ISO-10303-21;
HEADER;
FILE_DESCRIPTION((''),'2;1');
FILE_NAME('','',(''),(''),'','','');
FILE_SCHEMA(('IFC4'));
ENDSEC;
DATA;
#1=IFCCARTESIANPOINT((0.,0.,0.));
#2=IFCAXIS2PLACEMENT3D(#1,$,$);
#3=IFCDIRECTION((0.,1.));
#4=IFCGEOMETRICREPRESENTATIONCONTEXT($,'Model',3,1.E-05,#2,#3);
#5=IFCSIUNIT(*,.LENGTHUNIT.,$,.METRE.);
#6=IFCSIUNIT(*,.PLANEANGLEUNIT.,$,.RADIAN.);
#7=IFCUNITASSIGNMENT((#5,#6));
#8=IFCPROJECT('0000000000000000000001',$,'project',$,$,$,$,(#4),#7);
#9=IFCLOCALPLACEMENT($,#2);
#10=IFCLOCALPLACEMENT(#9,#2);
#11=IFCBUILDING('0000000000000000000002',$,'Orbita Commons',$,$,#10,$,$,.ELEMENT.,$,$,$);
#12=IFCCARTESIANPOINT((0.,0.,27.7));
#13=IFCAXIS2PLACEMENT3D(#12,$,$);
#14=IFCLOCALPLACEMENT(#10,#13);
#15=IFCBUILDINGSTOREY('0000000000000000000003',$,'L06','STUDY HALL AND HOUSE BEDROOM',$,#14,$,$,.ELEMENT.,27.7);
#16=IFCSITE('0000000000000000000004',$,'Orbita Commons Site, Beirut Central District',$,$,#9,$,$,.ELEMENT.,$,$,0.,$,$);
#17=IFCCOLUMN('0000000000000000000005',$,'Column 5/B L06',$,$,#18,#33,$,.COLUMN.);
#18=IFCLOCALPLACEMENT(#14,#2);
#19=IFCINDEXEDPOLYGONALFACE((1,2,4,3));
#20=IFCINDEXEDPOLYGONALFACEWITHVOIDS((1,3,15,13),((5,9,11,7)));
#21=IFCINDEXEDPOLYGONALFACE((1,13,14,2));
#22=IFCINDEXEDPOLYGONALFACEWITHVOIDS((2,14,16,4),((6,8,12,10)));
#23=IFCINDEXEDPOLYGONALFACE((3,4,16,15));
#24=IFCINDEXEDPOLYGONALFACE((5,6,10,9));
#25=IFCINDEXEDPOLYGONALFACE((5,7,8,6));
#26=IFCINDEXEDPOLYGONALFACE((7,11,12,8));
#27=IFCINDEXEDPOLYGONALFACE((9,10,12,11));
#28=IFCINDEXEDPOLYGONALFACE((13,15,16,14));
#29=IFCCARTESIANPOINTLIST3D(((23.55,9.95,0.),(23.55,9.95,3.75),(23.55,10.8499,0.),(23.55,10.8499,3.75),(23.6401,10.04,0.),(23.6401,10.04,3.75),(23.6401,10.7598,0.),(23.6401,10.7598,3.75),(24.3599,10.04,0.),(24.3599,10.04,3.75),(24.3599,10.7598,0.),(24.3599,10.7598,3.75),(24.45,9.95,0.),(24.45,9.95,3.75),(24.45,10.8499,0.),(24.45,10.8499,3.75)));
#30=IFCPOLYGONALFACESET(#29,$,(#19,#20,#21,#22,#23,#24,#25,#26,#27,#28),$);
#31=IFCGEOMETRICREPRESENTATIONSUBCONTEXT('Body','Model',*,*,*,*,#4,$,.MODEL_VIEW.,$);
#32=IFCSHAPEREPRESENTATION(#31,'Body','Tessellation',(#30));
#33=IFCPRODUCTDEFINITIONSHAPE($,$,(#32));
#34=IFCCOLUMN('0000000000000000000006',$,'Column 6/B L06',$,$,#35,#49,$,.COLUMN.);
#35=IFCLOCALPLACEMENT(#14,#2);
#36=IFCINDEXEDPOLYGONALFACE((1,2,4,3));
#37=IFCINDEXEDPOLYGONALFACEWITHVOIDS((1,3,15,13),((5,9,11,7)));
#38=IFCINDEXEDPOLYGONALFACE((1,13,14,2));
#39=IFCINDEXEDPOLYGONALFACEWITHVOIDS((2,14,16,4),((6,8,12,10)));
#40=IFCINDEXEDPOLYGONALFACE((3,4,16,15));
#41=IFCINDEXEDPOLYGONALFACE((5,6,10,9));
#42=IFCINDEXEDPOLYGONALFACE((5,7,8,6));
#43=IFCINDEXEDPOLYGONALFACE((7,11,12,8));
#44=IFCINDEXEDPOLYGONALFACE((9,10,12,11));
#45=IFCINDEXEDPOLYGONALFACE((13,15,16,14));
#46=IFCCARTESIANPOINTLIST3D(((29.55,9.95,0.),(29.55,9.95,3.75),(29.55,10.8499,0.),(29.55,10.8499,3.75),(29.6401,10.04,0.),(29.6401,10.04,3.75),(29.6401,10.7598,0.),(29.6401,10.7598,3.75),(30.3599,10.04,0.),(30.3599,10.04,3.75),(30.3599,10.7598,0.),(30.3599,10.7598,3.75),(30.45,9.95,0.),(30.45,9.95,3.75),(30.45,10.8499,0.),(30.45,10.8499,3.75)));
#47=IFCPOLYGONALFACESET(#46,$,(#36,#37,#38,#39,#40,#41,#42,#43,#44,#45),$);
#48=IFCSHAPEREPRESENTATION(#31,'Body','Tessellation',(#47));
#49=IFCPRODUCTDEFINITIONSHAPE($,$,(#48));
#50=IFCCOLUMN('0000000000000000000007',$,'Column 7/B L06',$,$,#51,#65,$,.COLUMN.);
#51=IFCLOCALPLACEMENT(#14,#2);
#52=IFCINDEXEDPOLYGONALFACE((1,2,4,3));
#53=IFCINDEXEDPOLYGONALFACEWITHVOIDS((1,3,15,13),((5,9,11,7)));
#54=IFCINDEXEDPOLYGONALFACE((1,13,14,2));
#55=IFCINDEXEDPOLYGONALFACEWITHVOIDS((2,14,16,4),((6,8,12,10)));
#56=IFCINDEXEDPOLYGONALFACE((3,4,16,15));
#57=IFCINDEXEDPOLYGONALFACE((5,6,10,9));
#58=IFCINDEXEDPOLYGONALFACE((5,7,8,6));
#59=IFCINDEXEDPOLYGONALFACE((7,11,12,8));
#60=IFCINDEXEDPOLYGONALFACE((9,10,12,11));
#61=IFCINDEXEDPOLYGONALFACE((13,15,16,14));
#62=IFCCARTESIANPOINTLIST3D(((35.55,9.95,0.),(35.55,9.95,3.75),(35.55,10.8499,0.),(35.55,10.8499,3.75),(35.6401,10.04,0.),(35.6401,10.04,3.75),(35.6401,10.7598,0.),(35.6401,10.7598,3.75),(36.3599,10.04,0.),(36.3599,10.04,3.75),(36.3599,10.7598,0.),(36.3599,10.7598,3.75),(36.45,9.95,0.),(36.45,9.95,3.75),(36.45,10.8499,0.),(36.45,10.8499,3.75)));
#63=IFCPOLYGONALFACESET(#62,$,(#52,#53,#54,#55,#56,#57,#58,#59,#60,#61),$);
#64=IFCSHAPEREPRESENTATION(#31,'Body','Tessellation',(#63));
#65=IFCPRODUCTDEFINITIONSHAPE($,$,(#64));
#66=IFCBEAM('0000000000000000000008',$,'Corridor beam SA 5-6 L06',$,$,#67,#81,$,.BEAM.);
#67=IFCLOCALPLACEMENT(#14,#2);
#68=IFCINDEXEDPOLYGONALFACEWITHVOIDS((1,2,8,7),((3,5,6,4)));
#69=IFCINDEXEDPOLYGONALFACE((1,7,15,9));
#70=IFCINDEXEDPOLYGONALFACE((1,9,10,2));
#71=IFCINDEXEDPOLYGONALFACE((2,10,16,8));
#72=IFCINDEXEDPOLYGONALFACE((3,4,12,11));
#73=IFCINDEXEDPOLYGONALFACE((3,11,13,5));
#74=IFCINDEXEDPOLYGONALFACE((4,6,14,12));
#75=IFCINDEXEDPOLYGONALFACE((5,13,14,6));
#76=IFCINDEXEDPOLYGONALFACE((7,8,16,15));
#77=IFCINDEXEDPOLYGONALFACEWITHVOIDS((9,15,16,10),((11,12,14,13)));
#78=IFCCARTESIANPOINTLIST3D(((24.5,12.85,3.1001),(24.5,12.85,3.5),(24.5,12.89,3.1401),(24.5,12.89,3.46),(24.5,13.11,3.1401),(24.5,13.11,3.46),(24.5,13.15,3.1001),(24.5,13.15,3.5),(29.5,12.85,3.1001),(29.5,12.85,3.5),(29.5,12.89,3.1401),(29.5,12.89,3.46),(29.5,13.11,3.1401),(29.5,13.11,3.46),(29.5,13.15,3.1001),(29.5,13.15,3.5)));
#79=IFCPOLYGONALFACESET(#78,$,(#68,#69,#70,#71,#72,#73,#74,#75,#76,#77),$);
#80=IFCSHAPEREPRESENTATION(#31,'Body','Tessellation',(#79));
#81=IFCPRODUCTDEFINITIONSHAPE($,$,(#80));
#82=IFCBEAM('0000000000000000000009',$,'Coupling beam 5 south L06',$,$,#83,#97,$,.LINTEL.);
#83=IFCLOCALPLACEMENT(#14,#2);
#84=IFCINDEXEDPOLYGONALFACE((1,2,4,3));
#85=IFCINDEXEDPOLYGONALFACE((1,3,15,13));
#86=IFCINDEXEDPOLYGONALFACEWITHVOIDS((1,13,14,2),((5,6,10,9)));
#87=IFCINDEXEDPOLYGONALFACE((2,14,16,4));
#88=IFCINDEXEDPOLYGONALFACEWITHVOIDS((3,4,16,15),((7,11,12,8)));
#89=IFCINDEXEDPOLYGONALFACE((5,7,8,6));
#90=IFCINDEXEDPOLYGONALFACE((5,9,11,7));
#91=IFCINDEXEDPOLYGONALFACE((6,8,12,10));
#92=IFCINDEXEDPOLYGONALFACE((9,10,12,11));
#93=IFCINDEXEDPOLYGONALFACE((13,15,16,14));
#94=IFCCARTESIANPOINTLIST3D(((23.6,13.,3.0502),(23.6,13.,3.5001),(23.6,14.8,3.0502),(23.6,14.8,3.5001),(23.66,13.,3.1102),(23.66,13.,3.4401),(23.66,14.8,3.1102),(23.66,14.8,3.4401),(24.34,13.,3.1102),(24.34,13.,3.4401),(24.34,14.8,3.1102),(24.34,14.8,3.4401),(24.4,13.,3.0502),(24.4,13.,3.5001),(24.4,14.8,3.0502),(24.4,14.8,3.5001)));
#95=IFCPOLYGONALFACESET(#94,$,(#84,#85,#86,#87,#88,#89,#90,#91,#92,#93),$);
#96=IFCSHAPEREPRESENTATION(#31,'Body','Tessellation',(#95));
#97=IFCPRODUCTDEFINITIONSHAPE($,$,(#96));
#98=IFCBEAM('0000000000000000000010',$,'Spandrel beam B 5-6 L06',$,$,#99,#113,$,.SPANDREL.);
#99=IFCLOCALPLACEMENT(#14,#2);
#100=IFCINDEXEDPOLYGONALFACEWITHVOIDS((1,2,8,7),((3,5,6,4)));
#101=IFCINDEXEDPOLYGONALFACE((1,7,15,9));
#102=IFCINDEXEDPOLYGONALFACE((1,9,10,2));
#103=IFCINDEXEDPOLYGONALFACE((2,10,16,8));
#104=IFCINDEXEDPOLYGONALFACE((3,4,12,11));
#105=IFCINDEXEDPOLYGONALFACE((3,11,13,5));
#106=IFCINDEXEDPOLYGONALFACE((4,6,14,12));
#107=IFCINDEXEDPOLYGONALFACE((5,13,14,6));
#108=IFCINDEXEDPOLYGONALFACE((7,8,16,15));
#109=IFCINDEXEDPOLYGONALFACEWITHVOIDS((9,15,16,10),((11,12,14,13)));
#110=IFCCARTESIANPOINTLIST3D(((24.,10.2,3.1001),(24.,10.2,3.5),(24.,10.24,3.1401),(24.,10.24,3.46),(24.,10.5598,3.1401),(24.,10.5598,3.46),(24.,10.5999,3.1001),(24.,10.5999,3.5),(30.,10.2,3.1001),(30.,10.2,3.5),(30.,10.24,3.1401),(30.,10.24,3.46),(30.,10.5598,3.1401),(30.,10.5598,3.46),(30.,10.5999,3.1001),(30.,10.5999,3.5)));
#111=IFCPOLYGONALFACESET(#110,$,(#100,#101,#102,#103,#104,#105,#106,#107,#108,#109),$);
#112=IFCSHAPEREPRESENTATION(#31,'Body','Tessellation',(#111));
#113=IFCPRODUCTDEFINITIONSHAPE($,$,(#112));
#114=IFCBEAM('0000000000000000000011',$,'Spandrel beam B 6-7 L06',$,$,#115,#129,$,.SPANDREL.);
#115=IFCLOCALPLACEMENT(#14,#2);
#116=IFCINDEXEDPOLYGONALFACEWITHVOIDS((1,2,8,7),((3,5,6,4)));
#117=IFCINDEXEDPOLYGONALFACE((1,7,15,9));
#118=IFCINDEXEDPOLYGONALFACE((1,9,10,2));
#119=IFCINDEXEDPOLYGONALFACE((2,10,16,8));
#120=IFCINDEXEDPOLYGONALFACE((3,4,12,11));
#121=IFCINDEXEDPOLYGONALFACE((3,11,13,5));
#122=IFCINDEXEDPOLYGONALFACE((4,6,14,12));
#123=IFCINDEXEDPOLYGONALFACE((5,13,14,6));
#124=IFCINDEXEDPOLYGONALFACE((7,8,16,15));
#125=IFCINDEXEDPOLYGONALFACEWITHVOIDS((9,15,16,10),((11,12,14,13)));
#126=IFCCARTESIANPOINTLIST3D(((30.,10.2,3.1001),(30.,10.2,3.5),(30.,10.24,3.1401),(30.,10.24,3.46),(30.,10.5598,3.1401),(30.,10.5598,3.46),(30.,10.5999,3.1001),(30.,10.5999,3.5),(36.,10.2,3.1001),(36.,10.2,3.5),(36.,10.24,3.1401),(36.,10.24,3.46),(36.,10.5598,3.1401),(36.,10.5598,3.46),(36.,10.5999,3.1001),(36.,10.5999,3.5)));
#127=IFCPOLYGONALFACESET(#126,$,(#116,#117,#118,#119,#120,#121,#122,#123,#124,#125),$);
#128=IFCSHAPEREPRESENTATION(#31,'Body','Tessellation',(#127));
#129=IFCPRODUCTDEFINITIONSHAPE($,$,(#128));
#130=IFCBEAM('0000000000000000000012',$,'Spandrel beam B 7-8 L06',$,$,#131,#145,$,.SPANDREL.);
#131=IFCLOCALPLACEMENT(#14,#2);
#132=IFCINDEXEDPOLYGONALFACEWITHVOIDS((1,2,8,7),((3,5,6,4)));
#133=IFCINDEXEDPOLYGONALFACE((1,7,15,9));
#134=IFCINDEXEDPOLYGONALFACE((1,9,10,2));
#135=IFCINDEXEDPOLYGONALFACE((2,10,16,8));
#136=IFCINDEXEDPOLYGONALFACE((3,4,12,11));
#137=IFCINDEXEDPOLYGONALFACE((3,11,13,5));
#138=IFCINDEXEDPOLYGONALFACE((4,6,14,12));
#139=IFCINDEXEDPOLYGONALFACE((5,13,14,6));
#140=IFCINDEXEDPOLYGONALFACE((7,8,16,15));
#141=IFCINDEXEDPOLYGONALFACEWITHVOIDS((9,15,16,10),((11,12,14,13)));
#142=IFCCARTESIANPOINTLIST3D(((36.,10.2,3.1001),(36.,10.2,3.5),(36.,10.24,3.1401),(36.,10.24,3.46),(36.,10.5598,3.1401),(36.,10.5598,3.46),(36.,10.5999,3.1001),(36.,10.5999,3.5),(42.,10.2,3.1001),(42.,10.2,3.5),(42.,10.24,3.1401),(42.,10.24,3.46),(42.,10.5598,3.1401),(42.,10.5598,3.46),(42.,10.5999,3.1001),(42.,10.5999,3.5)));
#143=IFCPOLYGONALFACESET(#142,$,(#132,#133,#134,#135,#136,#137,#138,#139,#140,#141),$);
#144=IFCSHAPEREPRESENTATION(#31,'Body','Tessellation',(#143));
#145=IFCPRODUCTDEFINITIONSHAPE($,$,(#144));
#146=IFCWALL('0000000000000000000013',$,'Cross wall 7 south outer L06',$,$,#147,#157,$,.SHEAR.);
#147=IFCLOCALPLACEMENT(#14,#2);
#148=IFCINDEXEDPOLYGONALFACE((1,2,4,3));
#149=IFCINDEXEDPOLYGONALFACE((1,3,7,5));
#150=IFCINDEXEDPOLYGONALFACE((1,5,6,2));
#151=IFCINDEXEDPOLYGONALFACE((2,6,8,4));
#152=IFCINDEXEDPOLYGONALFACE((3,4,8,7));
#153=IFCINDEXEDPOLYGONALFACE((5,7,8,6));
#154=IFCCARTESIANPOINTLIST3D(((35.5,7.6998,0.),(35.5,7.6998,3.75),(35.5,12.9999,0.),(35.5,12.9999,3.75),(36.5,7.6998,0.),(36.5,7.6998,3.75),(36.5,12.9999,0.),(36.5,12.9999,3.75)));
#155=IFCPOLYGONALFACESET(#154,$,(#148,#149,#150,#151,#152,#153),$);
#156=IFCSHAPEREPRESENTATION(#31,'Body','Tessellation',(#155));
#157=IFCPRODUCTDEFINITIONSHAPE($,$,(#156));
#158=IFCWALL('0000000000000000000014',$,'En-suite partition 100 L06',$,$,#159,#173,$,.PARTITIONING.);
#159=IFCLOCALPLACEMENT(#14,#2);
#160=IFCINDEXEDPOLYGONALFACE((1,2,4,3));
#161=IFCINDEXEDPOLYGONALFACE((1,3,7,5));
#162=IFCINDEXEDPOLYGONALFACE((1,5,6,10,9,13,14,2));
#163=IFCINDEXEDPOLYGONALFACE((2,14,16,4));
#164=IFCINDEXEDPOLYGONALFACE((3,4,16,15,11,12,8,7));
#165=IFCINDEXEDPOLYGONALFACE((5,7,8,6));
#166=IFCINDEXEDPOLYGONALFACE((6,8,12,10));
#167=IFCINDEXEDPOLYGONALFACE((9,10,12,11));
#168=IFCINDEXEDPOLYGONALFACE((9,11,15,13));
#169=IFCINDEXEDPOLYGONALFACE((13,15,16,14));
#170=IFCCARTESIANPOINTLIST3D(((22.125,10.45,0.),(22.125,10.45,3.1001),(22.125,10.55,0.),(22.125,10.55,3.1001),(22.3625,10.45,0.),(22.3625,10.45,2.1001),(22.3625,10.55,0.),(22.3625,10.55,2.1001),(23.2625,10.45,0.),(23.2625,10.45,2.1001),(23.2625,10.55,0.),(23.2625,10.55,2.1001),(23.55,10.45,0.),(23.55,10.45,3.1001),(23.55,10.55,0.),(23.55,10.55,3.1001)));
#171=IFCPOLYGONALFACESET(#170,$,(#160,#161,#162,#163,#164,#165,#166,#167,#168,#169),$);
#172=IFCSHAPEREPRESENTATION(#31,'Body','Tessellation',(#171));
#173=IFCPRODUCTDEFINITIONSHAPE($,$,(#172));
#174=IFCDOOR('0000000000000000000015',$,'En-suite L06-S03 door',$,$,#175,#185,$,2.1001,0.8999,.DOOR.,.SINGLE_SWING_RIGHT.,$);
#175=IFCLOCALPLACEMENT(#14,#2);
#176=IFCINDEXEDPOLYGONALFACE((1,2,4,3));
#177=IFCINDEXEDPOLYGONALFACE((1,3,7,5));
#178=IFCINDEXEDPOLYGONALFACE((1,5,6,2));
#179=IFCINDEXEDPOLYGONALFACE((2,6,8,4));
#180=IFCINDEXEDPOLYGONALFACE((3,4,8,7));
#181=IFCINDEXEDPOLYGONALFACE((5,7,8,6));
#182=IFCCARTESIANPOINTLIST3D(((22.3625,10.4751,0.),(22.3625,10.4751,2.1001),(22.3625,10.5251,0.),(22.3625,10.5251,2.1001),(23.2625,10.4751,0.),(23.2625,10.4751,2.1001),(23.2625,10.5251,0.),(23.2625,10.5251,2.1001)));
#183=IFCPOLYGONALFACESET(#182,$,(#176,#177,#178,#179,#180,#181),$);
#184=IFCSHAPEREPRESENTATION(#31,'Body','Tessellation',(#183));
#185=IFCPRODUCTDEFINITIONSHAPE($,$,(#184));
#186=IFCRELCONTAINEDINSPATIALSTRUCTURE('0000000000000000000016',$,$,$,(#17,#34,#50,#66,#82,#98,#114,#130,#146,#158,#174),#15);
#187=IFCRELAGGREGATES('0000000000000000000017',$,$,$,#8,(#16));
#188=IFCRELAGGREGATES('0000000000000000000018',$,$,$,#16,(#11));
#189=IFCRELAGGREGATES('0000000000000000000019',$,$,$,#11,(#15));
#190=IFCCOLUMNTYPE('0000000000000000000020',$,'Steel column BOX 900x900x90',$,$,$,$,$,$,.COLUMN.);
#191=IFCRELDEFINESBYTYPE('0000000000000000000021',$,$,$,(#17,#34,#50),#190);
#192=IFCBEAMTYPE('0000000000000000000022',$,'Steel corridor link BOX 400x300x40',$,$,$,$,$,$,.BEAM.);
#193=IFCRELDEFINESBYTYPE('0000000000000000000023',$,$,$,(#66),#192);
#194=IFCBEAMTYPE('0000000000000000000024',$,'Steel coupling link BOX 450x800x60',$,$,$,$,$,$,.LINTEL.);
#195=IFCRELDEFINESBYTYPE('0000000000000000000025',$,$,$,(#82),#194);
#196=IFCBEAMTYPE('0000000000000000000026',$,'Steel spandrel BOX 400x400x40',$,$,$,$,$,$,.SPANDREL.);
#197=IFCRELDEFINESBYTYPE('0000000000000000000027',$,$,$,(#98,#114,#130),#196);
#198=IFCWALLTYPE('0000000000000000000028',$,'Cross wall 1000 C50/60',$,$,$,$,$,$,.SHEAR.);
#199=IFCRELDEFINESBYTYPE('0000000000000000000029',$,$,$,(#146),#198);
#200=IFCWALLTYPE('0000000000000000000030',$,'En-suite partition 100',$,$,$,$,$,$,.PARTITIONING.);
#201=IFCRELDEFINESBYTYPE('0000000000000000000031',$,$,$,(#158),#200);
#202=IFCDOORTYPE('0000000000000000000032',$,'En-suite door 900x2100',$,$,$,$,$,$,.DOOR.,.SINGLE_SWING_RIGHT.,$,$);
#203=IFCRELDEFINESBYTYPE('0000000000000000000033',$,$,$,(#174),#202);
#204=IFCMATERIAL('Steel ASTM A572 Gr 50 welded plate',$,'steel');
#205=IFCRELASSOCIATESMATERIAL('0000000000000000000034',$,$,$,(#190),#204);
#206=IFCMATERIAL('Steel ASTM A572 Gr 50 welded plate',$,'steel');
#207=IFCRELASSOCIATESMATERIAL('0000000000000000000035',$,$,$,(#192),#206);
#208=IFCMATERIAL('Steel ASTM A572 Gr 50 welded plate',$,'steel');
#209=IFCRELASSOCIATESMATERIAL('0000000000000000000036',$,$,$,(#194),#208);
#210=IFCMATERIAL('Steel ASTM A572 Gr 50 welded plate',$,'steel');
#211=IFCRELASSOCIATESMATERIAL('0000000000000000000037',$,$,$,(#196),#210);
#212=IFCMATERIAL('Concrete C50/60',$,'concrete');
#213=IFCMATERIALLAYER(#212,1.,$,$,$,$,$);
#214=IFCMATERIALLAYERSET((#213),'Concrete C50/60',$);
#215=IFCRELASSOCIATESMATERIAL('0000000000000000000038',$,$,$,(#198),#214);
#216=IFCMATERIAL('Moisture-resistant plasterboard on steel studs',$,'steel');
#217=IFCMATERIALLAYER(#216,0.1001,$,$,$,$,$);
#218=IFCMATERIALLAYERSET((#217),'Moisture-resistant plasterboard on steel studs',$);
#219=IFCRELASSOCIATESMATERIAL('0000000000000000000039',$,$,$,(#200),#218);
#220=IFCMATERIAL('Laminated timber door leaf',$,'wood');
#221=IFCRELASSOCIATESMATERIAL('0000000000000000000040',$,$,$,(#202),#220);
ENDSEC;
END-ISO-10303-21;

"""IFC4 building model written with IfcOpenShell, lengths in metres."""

from ifc_helpers import new_model, si_unit, direction, frame, frame_2d, origin, origin_2d, place, context, subcontext, project, spatial, polyline, rectangle, hollow_rectangle, outline, extrude, material, layer, layer_set, material_profile, profile_set, type_object, element, fill, save


model = new_model("IFC4")

# Units and contexts
model_context = context("Model", 3, precision=1e-05, world=origin(), true_north=direction((0.0, 1.0)))
body_context = subcontext(model_context, "Body", "Model", "MODEL_VIEW")
ifc_project = project(units=[si_unit("LENGTHUNIT", "METRE"), si_unit("PLANEANGLEUNIT", "RADIAN")], contexts=[model_context])

# Site, building, storey
site_placement = place(None, origin())
site = spatial("IfcSite", under=ifc_project, at=site_placement, Name="Orbita Commons Site, Beirut Central District", CompositionType="ELEMENT", RefElevation=0.0)
building_placement = place(site_placement, origin())
building = spatial("IfcBuilding", under=site, at=building_placement, Name="Orbita Commons", CompositionType="ELEMENT")
storey_placement = place(building_placement, frame((0.0, 0.0, 27.7)))
storey = spatial("IfcBuildingStorey", under=building, at=storey_placement, Name="L06", Description="STUDY HALL AND HOUSE BEDROOM", CompositionType="ELEMENT", Elevation=27.7)

# Columns
ifc_material_1 = material(Name="Steel ASTM A572 Gr 50 welded plate", Category="steel")
ifc_material_profile_1 = material_profile(ifc_material_1, hollow_rectangle(XDim=0.8999, YDim=0.8999, WallThickness=0.0901, at=origin_2d()), Name="BOX 900x900x90")
ifc_profile_set_1 = profile_set([ifc_material_profile_1], Name="Steel ASTM A572 Gr 50 welded plate")
column_type = type_object("IfcColumnType", Name="Steel column BOX 900x900x90", PredefinedType="COLUMN", material=ifc_profile_set_1)
for number, where, z_axis, x_axis, name in (
    (1, (24.0, 10.3999, 0.0), (0.0, 0.0, 1.0), (1.0, 0.0, 0.0), "Column 5/B L06"),
    (2, (30.0, 10.3999, 0.0), (0.0, 0.0, 1.0), (1.0, 0.0, 0.0), "Column 6/B L06"),
    (3, (36.0, 10.3999, 0.0), (0.0, 0.0, 1.0), (1.0, 0.0, 0.0), "Column 7/B L06"),
):
    element("IfcColumn", number, at=place(storey_placement, frame(where, z_axis=z_axis, x_axis=x_axis)), inside=storey, type_object=column_type, Name=name, PredefinedType="COLUMN", context=body_context, shape_type="SweptSolid", body=[
        extrude(hollow_rectangle(XDim=0.8999, YDim=0.8999, WallThickness=0.0901, at=origin_2d()), origin(), (0.0, 0.0, 1.0), 3.75),
    ])

# Beams
ifc_material_2 = material(Name="Steel ASTM A572 Gr 50 welded plate", Category="steel")
ifc_material_profile_2 = material_profile(ifc_material_2, hollow_rectangle(XDim=0.3, YDim=0.3999, WallThickness=0.04, at=origin_2d()), Name="BOX 400x300x40")
ifc_profile_set_2 = profile_set([ifc_material_profile_2], Name="Steel ASTM A572 Gr 50 welded plate")
beam_type_1 = type_object("IfcBeamType", Name="Steel corridor link BOX 400x300x40", PredefinedType="BEAM", material=ifc_profile_set_2)
beam_1_placement = place(storey_placement, frame((24.5, 13.0, 3.3), z_axis=(1.0, 0.0, 0.0), x_axis=(0.0, 1.0, 0.0)))
element("IfcBeam", 4, at=beam_1_placement, inside=storey, type_object=beam_type_1, Name="Corridor beam SA 5-6 L06", PredefinedType="BEAM", context=body_context, shape_type="SweptSolid", body=[
    extrude(hollow_rectangle(XDim=0.3, YDim=0.3999, WallThickness=0.04, at=origin_2d()), origin(), (0.0, 0.0, 1.0), 5.0),
])
ifc_material_3 = material(Name="Steel ASTM A572 Gr 50 welded plate", Category="steel")
ifc_material_profile_3 = material_profile(ifc_material_3, hollow_rectangle(XDim=0.8, YDim=0.45, WallThickness=0.0601, at=origin_2d()), Name="BOX 450x800x60")
ifc_profile_set_3 = profile_set([ifc_material_profile_3], Name="Steel ASTM A572 Gr 50 welded plate")
beam_type_2 = type_object("IfcBeamType", Name="Steel coupling link BOX 450x800x60", PredefinedType="LINTEL", material=ifc_profile_set_3)
beam_2_placement = place(storey_placement, frame((24.0, 13.0, 3.2751), z_axis=(0.0, 1.0, 0.0), x_axis=(-1.0, 0.0, 0.0)))
element("IfcBeam", 5, at=beam_2_placement, inside=storey, type_object=beam_type_2, Name="Coupling beam 5 south L06", PredefinedType="LINTEL", context=body_context, shape_type="SweptSolid", body=[
    extrude(hollow_rectangle(XDim=0.8, YDim=0.45, WallThickness=0.0601, at=origin_2d()), origin(), (0.0, 0.0, 1.0), 1.8),
])
ifc_material_4 = material(Name="Steel ASTM A572 Gr 50 welded plate", Category="steel")
ifc_material_profile_4 = material_profile(ifc_material_4, hollow_rectangle(XDim=0.3999, YDim=0.3999, WallThickness=0.04, at=origin_2d()), Name="BOX 400x400x40")
ifc_profile_set_4 = profile_set([ifc_material_profile_4], Name="Steel ASTM A572 Gr 50 welded plate")
beam_type_3 = type_object("IfcBeamType", Name="Steel spandrel BOX 400x400x40", PredefinedType="SPANDREL", material=ifc_profile_set_4)
for number, where, z_axis, x_axis, name in (
    (6, (24.0, 10.3999, 3.3), (1.0, 0.0, 0.0), (0.0, 1.0, 0.0), "Spandrel beam B 5-6 L06"),
    (7, (30.0, 10.3999, 3.3), (1.0, 0.0, 0.0), (0.0, 1.0, 0.0), "Spandrel beam B 6-7 L06"),
    (8, (36.0, 10.3999, 3.3), (1.0, 0.0, 0.0), (0.0, 1.0, 0.0), "Spandrel beam B 7-8 L06"),
):
    element("IfcBeam", number, at=place(storey_placement, frame(where, z_axis=z_axis, x_axis=x_axis)), inside=storey, type_object=beam_type_3, Name=name, PredefinedType="SPANDREL", context=body_context, shape_type="SweptSolid", body=[
        extrude(hollow_rectangle(XDim=0.3999, YDim=0.3999, WallThickness=0.04, at=origin_2d()), origin(), (0.0, 0.0, 1.0), 6.0),
    ])

# Wall
ifc_material_5 = material(Name="Concrete C50/60", Category="concrete")
ifc_layer_1 = layer(ifc_material_5, 1.0)
ifc_layer_set_1 = layer_set([ifc_layer_1], Name="Concrete C50/60")
wall_type_1 = type_object("IfcWallType", Name="Cross wall 1000 C50/60", PredefinedType="SHEAR", material=ifc_layer_set_1)
wall_1_placement = place(storey_placement, frame((36.0, 7.7, 0.0), z_axis=(0.0, 0.0, 1.0), x_axis=(0.0, 1.0, 0.0)))
element("IfcWall", 9, at=wall_1_placement, inside=storey, type_object=wall_type_1, Name="Cross wall 7 south outer L06", PredefinedType="SHEAR", context=body_context, shape_type="SweptSolid", body=[
    extrude(rectangle(XDim=5.3, YDim=1.0, at=frame_2d((2.6499, 0.0))), origin(), (0.0, 0.0, 1.0), 3.75),
])

# Wall, opening, door
ifc_material_6 = material(Name="Moisture-resistant plasterboard on steel studs", Category="steel")
ifc_layer_2 = layer(ifc_material_6, 0.1001)
ifc_layer_set_2 = layer_set([ifc_layer_2], Name="Moisture-resistant plasterboard on steel studs")
wall_type_2 = type_object("IfcWallType", Name="En-suite partition 100", PredefinedType="PARTITIONING", material=ifc_layer_set_2)
wall_2_placement = place(storey_placement, frame((23.55, 10.5, 0.0), z_axis=(0.0, 0.0, 1.0), x_axis=(-1.0, 0.0, 0.0)))
wall_2 = element("IfcWall", 10, at=wall_2_placement, inside=storey, type_object=wall_type_2, Name="En-suite partition 100 L06", PredefinedType="PARTITIONING", context=body_context, shape_type="SweptSolid", body=[
    extrude(outline(polyline([(0.0, 0.0), (1.425, 0.0), (1.425, 3.1001), (0.0, 3.1001), (0.0, 0.0)])), frame((0.0, 0.05, 0.0), z_axis=(0.0, -1.0, 0.0), x_axis=(1.0, 0.0, 0.0)), (0.0, 0.0, 1.0), 0.1001),
])
opening_1_placement = place(wall_2_placement, frame((0.2876, 0.0, 0.0)))
opening_1 = element("IfcOpeningElement", 11, at=opening_1_placement, cuts=wall_2, PredefinedType="OPENING", context=body_context, shape_type="SweptSolid", body=[
    extrude(rectangle(XDim=0.8999, YDim=2.1001, at=frame_2d((0.45, 1.05))), frame((0.0, 0.0601, 0.0), z_axis=(0.0, -1.0, 0.0), x_axis=(1.0, 0.0, 0.0)), (0.0, 0.0, 1.0), 0.1201),
])
ifc_material_7 = material(Name="Laminated timber door leaf", Category="wood")
door_type_1 = type_object("IfcDoorType", Name="En-suite door 900x2100", OperationType="SINGLE_SWING_RIGHT", PredefinedType="DOOR", material=ifc_material_7)
door_1_placement = place(opening_1_placement, origin())
door_1 = element("IfcDoor", 12, at=door_1_placement, inside=storey, type_object=door_type_1, Name="En-suite L06-S03 door", OperationType="SINGLE_SWING_RIGHT", OverallHeight=2.1001, OverallWidth=0.8999, PredefinedType="DOOR", context=body_context, shape_type="SweptSolid", body=[
    extrude(rectangle(XDim=0.8999, YDim=2.1001, at=frame_2d((0.45, 1.05))), frame((0.0, 0.0249, 0.0), z_axis=(0.0, -1.0, 0.0), x_axis=(1.0, 0.0, 0.0)), (0.0, 0.0, 1.0), 0.05),
])
fill(opening_1, door_1)

save(model, "model.ifc")
